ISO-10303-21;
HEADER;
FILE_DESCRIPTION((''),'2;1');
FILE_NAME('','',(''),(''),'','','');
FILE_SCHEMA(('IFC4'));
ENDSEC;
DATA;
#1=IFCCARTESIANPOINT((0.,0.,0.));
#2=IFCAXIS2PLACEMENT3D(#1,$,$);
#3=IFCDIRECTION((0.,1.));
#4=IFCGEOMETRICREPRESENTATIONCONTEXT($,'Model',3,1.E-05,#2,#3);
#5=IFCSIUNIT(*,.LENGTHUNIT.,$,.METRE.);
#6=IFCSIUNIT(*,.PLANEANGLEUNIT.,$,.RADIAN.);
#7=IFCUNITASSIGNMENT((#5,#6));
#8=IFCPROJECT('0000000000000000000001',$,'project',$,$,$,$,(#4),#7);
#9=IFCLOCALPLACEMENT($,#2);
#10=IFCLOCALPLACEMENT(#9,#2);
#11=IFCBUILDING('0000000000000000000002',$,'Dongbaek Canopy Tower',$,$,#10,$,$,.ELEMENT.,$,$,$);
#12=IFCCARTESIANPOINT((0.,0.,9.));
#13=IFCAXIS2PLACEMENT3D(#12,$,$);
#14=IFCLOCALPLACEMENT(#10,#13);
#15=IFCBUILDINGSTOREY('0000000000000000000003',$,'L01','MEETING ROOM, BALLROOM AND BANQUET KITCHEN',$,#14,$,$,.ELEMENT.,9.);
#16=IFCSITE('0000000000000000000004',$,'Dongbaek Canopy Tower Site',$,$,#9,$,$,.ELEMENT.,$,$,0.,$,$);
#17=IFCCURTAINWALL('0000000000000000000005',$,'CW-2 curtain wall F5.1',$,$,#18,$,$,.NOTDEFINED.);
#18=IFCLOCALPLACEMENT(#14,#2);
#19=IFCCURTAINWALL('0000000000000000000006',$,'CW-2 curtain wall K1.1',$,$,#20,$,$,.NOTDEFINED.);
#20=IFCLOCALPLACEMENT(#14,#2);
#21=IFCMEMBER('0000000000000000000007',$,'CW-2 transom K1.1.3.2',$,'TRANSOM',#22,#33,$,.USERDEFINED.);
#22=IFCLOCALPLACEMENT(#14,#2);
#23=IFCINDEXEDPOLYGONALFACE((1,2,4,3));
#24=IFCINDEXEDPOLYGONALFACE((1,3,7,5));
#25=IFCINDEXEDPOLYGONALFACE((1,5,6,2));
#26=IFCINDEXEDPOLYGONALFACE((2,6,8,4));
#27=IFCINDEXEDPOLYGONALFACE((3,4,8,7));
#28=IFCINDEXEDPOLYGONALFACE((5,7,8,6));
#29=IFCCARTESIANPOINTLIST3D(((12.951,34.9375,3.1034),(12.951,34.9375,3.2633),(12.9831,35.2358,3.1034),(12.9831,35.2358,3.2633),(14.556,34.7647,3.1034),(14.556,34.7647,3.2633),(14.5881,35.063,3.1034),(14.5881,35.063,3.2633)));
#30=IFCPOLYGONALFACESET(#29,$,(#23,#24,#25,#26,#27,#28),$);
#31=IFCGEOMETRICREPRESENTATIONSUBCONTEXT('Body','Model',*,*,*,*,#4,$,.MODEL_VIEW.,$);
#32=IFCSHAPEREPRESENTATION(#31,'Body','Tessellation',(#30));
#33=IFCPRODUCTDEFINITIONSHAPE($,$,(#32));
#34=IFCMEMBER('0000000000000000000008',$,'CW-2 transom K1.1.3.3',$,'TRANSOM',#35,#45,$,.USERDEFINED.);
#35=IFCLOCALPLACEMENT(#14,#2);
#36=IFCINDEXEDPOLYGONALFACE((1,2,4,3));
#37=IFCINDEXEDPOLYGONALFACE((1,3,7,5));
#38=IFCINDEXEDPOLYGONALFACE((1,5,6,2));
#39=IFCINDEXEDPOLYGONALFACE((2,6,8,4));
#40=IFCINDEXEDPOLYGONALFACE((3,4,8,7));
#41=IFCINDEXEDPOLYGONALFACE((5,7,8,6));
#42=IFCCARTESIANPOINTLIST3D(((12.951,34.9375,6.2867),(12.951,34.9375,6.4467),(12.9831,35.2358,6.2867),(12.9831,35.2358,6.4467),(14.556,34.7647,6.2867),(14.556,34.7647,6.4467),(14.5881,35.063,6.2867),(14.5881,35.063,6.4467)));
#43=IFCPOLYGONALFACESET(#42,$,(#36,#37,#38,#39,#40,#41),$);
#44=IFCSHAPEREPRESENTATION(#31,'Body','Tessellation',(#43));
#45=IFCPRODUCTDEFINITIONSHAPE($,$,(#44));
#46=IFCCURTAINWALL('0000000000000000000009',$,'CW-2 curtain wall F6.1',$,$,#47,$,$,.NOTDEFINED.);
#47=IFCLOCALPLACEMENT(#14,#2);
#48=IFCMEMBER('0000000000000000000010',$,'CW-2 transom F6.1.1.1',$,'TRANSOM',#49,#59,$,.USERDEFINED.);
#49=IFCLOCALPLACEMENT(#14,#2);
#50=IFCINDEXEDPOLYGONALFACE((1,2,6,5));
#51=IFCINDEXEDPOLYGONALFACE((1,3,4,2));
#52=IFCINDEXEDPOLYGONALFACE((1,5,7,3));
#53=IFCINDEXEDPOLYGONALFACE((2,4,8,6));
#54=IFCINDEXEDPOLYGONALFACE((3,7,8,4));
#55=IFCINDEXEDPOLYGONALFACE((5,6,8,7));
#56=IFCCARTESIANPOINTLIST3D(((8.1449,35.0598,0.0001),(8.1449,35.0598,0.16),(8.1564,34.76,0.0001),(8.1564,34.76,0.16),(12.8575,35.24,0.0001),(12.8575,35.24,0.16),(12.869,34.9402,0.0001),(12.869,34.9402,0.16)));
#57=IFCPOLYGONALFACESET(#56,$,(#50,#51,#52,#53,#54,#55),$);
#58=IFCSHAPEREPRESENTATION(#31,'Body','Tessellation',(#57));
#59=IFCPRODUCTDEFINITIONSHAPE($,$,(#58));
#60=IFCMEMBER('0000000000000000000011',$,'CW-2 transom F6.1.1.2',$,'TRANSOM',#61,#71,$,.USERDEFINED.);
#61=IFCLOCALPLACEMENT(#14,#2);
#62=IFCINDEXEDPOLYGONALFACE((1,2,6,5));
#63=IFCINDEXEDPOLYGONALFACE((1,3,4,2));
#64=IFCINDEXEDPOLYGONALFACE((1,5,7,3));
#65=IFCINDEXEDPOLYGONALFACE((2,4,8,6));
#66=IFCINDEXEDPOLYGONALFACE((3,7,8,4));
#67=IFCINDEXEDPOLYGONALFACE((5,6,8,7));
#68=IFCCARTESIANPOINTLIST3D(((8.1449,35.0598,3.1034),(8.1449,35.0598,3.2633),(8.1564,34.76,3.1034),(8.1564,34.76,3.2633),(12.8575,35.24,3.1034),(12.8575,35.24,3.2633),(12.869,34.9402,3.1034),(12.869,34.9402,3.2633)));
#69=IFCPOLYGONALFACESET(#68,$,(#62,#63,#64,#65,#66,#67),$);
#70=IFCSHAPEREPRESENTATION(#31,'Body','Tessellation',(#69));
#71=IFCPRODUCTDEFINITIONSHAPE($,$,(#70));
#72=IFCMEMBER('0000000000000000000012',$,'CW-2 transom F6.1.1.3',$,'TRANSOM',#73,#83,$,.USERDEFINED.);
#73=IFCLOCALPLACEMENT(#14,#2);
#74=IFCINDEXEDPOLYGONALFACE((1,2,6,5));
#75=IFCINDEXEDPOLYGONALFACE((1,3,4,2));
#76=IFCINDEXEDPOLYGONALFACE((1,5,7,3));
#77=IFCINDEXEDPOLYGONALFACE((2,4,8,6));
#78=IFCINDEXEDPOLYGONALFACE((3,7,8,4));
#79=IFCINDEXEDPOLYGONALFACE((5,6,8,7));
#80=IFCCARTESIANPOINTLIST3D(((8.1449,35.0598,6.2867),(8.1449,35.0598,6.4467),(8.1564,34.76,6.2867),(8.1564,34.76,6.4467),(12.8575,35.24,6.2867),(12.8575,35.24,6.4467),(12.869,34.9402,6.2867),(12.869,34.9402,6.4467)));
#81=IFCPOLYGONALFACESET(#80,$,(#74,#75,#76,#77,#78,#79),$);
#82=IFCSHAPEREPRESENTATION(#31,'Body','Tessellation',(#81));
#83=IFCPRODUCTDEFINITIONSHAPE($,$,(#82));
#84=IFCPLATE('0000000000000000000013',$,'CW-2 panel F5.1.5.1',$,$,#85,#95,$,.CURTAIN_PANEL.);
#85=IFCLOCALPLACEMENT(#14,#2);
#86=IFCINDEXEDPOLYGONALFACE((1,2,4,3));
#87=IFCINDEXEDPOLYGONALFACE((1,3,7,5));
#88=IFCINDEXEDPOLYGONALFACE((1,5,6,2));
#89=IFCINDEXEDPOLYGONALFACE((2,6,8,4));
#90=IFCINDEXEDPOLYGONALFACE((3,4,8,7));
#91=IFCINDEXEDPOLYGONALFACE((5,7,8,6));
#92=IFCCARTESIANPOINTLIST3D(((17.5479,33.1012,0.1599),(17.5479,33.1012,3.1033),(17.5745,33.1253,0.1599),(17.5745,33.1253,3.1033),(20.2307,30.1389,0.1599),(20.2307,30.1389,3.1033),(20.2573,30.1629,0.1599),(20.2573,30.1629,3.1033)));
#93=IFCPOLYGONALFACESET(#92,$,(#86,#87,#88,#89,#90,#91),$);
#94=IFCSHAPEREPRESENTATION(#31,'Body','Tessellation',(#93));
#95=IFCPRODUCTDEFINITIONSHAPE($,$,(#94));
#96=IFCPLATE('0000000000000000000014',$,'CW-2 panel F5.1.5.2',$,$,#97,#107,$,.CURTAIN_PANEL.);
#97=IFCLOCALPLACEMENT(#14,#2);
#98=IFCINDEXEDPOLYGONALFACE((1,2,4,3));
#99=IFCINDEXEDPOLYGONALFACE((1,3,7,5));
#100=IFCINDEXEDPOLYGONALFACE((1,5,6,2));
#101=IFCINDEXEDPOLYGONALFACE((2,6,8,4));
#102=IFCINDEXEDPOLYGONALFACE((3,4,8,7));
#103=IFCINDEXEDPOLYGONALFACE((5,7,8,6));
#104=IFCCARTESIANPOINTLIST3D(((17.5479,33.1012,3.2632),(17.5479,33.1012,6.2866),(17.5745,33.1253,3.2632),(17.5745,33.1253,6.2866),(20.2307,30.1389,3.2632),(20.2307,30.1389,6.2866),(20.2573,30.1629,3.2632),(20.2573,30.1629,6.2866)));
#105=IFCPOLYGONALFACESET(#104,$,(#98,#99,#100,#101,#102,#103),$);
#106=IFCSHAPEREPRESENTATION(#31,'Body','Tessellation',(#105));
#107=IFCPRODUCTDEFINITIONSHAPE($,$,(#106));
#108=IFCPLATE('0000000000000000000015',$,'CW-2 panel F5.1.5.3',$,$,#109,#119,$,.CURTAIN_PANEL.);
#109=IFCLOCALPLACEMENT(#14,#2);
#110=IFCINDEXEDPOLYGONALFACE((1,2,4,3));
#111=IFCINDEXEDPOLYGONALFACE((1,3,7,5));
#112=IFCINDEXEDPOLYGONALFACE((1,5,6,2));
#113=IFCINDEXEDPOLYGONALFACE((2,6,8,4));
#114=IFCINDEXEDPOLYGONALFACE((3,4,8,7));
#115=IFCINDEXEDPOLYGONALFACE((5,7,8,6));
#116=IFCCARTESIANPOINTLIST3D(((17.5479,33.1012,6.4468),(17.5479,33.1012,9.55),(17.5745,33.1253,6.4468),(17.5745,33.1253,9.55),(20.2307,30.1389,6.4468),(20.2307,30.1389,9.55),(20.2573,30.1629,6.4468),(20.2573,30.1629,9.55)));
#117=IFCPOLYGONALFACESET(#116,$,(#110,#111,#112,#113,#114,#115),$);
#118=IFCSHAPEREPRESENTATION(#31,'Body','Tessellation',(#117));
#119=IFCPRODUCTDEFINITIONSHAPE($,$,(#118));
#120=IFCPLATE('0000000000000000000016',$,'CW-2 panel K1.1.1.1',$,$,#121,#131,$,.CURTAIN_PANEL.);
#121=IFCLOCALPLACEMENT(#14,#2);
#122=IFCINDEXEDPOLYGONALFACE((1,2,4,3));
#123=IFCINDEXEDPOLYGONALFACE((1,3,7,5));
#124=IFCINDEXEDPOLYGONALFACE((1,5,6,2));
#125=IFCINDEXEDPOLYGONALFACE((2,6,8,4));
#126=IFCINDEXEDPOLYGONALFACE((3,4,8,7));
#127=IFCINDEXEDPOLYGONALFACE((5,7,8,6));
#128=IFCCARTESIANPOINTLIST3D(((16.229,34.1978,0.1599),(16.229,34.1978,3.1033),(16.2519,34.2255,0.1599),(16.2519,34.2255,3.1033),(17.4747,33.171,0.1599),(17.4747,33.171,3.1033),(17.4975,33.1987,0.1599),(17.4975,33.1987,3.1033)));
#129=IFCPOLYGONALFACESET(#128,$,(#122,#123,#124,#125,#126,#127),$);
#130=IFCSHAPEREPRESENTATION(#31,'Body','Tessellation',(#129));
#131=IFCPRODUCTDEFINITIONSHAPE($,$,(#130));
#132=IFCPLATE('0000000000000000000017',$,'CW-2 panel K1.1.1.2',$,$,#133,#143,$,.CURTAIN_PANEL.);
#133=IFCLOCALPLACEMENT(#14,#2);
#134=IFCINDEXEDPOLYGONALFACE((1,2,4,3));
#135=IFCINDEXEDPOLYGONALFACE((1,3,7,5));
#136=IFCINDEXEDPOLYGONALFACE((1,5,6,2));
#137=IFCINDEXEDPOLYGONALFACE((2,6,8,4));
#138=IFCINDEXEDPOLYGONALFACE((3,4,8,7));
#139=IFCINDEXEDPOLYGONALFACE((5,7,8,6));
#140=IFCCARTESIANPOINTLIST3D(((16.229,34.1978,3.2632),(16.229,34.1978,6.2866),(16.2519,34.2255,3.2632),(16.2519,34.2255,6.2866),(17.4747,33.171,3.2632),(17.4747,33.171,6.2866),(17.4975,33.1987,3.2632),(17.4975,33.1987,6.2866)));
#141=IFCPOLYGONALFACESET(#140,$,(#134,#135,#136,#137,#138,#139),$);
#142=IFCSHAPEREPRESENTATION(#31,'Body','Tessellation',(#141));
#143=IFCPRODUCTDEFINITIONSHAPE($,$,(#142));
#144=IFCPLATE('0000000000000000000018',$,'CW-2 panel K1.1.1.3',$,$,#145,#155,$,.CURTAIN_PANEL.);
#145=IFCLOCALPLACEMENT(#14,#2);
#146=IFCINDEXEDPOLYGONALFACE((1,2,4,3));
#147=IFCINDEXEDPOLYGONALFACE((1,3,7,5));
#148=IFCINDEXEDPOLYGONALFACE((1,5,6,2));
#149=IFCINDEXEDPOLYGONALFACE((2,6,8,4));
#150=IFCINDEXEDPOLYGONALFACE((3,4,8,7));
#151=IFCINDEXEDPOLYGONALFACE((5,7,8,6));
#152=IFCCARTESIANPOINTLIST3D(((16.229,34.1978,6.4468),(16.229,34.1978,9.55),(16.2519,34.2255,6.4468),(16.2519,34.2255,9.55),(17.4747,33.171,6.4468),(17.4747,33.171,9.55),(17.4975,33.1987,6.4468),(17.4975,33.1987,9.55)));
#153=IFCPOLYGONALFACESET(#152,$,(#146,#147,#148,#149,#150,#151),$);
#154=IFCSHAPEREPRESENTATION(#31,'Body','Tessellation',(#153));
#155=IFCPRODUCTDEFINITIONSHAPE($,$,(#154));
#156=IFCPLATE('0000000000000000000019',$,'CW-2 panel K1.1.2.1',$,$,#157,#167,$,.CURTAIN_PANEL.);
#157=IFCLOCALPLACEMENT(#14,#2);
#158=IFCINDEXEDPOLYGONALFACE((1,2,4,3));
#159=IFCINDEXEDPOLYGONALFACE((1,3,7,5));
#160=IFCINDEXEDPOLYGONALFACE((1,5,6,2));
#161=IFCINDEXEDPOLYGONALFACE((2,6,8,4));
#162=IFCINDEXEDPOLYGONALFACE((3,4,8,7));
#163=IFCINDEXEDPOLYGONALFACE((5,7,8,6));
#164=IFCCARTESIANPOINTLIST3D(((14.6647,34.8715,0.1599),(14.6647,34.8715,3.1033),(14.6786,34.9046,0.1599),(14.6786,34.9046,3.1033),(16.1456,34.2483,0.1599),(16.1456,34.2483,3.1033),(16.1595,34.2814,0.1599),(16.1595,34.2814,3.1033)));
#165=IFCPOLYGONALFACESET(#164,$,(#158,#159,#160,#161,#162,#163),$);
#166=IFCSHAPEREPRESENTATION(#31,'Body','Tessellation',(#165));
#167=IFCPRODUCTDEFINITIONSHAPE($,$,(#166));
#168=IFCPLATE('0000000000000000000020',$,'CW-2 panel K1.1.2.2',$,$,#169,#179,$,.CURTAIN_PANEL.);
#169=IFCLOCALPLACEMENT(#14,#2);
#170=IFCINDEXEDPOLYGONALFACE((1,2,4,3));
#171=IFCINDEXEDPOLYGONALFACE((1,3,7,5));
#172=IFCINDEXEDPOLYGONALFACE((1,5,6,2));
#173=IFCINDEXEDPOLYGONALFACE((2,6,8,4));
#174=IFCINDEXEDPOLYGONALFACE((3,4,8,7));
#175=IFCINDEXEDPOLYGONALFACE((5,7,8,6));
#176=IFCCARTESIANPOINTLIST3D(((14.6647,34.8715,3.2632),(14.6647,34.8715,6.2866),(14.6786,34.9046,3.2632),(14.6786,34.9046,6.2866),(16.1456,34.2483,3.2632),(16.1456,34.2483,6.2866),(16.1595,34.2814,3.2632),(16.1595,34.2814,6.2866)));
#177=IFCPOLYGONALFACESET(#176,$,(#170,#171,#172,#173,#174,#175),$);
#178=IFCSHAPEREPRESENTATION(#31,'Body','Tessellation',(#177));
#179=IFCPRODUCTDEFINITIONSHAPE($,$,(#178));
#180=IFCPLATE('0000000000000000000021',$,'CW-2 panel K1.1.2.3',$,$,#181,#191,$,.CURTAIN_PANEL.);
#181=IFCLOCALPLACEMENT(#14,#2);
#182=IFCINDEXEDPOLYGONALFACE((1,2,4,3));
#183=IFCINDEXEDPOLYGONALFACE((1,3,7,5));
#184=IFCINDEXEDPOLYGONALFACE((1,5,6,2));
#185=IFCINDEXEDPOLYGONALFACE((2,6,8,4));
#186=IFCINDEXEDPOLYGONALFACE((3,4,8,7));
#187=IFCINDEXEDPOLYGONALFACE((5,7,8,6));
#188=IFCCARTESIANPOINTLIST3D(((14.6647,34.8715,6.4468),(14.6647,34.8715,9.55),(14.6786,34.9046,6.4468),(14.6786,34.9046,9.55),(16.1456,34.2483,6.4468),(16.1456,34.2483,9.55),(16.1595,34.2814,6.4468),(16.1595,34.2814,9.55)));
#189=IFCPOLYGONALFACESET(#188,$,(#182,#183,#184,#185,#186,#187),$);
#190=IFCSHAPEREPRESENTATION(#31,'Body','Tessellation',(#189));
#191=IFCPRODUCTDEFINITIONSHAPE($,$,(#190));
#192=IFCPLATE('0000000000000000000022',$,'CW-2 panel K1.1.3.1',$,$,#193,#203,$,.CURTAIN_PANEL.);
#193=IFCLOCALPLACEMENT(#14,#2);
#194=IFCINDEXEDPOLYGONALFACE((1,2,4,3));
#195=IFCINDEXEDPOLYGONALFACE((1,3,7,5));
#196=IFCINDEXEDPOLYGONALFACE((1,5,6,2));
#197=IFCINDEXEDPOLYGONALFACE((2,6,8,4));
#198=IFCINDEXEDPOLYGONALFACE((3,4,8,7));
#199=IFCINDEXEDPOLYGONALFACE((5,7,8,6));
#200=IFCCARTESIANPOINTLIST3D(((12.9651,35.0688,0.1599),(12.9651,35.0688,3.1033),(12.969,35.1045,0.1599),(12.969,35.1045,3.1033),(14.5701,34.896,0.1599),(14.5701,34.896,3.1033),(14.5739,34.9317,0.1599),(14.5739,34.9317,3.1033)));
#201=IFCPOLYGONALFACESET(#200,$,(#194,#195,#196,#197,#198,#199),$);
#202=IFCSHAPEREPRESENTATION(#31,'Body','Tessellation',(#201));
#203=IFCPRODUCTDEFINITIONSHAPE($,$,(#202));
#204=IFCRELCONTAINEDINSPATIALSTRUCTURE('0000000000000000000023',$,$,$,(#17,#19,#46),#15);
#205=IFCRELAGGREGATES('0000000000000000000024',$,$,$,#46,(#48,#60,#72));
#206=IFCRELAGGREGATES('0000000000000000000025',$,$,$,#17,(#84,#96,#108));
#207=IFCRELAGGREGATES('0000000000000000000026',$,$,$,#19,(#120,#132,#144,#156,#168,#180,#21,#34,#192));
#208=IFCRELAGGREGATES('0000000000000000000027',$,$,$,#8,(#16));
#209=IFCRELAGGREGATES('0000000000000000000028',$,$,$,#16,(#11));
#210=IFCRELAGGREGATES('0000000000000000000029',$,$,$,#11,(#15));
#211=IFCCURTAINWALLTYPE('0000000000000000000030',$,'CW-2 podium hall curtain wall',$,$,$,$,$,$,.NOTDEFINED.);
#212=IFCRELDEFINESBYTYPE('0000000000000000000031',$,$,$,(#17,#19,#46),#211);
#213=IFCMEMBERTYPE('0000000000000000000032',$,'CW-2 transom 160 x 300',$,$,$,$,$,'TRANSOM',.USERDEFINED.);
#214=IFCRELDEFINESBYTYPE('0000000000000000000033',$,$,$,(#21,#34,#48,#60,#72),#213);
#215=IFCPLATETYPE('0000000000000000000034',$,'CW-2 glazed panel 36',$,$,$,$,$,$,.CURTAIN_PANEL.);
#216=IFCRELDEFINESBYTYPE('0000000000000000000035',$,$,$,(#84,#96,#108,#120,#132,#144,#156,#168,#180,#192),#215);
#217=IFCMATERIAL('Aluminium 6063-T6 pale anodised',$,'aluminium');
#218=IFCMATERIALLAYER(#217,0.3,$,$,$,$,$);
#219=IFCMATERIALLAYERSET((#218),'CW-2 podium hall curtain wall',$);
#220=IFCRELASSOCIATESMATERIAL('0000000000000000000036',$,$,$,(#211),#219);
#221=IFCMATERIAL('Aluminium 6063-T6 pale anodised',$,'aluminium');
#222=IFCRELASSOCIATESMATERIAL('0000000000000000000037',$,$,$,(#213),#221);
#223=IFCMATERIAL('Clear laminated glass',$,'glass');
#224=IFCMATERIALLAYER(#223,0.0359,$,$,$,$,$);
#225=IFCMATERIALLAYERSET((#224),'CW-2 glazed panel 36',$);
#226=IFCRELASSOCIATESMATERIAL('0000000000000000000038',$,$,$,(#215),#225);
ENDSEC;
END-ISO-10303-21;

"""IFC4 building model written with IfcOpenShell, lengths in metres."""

from ifc_helpers import new_model, si_unit, direction, frame, origin, origin_2d, place, context, subcontext, project, spatial, rectangle, extrude, material, layer, layer_set, material_profile, profile_set, type_object, element, aggregate, save


model = new_model("IFC4")

# Units and contexts
model_context = context("Model", 3, precision=1e-05, world=origin(), true_north=direction((0.0, 1.0)))
body_context = subcontext(model_context, "Body", "Model", "MODEL_VIEW")
ifc_project = project(units=[si_unit("LENGTHUNIT", "METRE"), si_unit("PLANEANGLEUNIT", "RADIAN")], contexts=[model_context])

# Site, building, storey
site_placement = place(None, origin())
site = spatial("IfcSite", under=ifc_project, at=site_placement, Name="Dongbaek Canopy Tower Site", CompositionType="ELEMENT", RefElevation=0.0)
building_placement = place(site_placement, origin())
building = spatial("IfcBuilding", under=site, at=building_placement, Name="Dongbaek Canopy Tower", CompositionType="ELEMENT")
storey_placement = place(building_placement, frame((0.0, 0.0, 9.0)))
storey = spatial("IfcBuildingStorey", under=building, at=storey_placement, Name="L01", Description="MEETING ROOM, BALLROOM AND BANQUET KITCHEN", CompositionType="ELEMENT", Elevation=9.0)

# Curtain wall
ifc_material_1 = material(Name="Aluminium 6063-T6 pale anodised", Category="aluminium")
ifc_layer_1 = layer(ifc_material_1, 0.3)
ifc_layer_set_1 = layer_set([ifc_layer_1], Name="CW-2 podium hall curtain wall")
curtain_wall_type = type_object("IfcCurtainWallType", Name="CW-2 podium hall curtain wall", PredefinedType="NOTDEFINED", material=ifc_layer_set_1)
curtain_wall_1_placement = place(storey_placement, origin())
curtain_wall_1 = element("IfcCurtainWall", 1, at=curtain_wall_1_placement, inside=storey, type_object=curtain_wall_type, Name="CW-2 curtain wall F5.1", PredefinedType="NOTDEFINED")

# Curtain wall
curtain_wall_2_placement = place(storey_placement, origin())
curtain_wall_2 = element("IfcCurtainWall", 2, at=curtain_wall_2_placement, inside=storey, type_object=curtain_wall_type, Name="CW-2 curtain wall K1.1", PredefinedType="NOTDEFINED")

# Members
ifc_material_2 = material(Name="Aluminium 6063-T6 pale anodised", Category="aluminium")
ifc_material_profile_1 = material_profile(ifc_material_2, rectangle(XDim=0.3, YDim=0.1599, at=origin_2d()), Name="CW-2 transom 160 x 300")
ifc_profile_set_1 = profile_set([ifc_material_profile_1], Name="Aluminium 6063-T6 pale anodised")
member_type_1 = type_object("IfcMemberType", Name="CW-2 transom 160 x 300", ElementType="TRANSOM", PredefinedType="USERDEFINED", material=ifc_profile_set_1)
member_1_placement = place(storey_placement, frame((14.572, 34.9138, 3.1833), z_axis=(-0.994251, 0.107078, 0.0), x_axis=(-0.107078, -0.994251, 0.0)))
member_1 = element("IfcMember", 3, at=member_1_placement, type_object=member_type_1, Name="CW-2 transom K1.1.3.2", ObjectType="TRANSOM", PredefinedType="USERDEFINED", context=body_context, shape_type="SweptSolid", body=[
    extrude(rectangle(XDim=0.3, YDim=0.1599, at=origin_2d()), origin(), (0.0, 0.0, 1.0), 1.6143),
])
member_2_placement = place(storey_placement, frame((14.572, 34.9138, 6.3667), z_axis=(-0.994251, 0.107078, 0.0), x_axis=(-0.107078, -0.994251, 0.0)))
member_2 = element("IfcMember", 4, at=member_2_placement, type_object=member_type_1, Name="CW-2 transom K1.1.3.3", ObjectType="TRANSOM", PredefinedType="USERDEFINED", context=body_context, shape_type="SweptSolid", body=[
    extrude(rectangle(XDim=0.3, YDim=0.1599, at=origin_2d()), origin(), (0.0, 0.0, 1.0), 1.6143),
])

# Curtain wall, members
curtain_wall_3_placement = place(storey_placement, origin())
curtain_wall_3 = element("IfcCurtainWall", 5, at=curtain_wall_3_placement, inside=storey, type_object=curtain_wall_type, Name="CW-2 curtain wall F6.1", PredefinedType="NOTDEFINED")
member_3_placement = place(storey_placement, frame((12.8633, 35.0901, 0.0801), z_axis=(-0.99927, -0.038204, 0.0), x_axis=(0.038204, -0.99927, 0.0)))
member_3 = element("IfcMember", 6, at=member_3_placement, type_object=member_type_1, Name="CW-2 transom F6.1.1.1", ObjectType="TRANSOM", PredefinedType="USERDEFINED", context=body_context, shape_type="SweptSolid", body=[
    extrude(rectangle(XDim=0.3, YDim=0.1599, at=origin_2d()), origin(), (0.0, 0.0, 1.0), 4.7161),
])
member_4_placement = place(storey_placement, frame((12.8633, 35.0901, 3.1833), z_axis=(-0.99927, -0.038204, 0.0), x_axis=(0.038204, -0.99927, 0.0)))
member_4 = element("IfcMember", 7, at=member_4_placement, type_object=member_type_1, Name="CW-2 transom F6.1.1.2", ObjectType="TRANSOM", PredefinedType="USERDEFINED", context=body_context, shape_type="SweptSolid", body=[
    extrude(rectangle(XDim=0.3, YDim=0.1599, at=origin_2d()), origin(), (0.0, 0.0, 1.0), 4.7161),
])
member_5_placement = place(storey_placement, frame((12.8633, 35.0901, 6.3667), z_axis=(-0.99927, -0.038204, 0.0), x_axis=(0.038204, -0.99927, 0.0)))
member_5 = element("IfcMember", 8, at=member_5_placement, type_object=member_type_1, Name="CW-2 transom F6.1.1.3", ObjectType="TRANSOM", PredefinedType="USERDEFINED", context=body_context, shape_type="SweptSolid", body=[
    extrude(rectangle(XDim=0.3, YDim=0.1599, at=origin_2d()), origin(), (0.0, 0.0, 1.0), 4.7161),
])
aggregate(curtain_wall_3, [member_3, member_4, member_5])

# Plates
ifc_material_3 = material(Name="Clear laminated glass", Category="glass")
ifc_layer_2 = layer(ifc_material_3, 0.0359)
ifc_layer_set_2 = layer_set([ifc_layer_2], Name="CW-2 glazed panel 36")
plate_type = type_object("IfcPlateType", Name="CW-2 glazed panel 36", PredefinedType="CURTAIN_PANEL", material=ifc_layer_set_2)
plate_1_placement = place(storey_placement, frame((18.9026, 31.6321, 0.1599), z_axis=(0.0, 0.0, 1.0), x_axis=(-0.67126, 0.741222, 0.0)))
plate_1 = element("IfcPlate", 9, at=plate_1_placement, type_object=plate_type, Name="CW-2 panel F5.1.5.1", PredefinedType="CURTAIN_PANEL", context=body_context, shape_type="SweptSolid", body=[
    extrude(rectangle(XDim=3.9966, YDim=0.0359, at=origin_2d()), origin(), (0.0, 0.0, 1.0), 2.9434),
])
plate_2_placement = place(storey_placement, frame((18.9026, 31.6321, 3.2632), z_axis=(0.0, 0.0, 1.0), x_axis=(-0.67126, 0.741222, 0.0)))
plate_2 = element("IfcPlate", 10, at=plate_2_placement, type_object=plate_type, Name="CW-2 panel F5.1.5.2", PredefinedType="CURTAIN_PANEL", context=body_context, shape_type="SweptSolid", body=[
    extrude(rectangle(XDim=3.9966, YDim=0.0359, at=origin_2d()), origin(), (0.0, 0.0, 1.0), 3.0234),
])
plate_3_placement = place(storey_placement, frame((18.9026, 31.6321, 6.4468), z_axis=(0.0, 0.0, 1.0), x_axis=(-0.67126, 0.741222, 0.0)))
plate_3 = element("IfcPlate", 11, at=plate_3_placement, type_object=plate_type, Name="CW-2 panel F5.1.5.3", PredefinedType="CURTAIN_PANEL", context=body_context, shape_type="SweptSolid", body=[
    extrude(rectangle(XDim=3.9966, YDim=0.0359, at=origin_2d()), origin(), (0.0, 0.0, 1.0), 3.1033),
])
aggregate(curtain_wall_1, [plate_1, plate_2, plate_3])
plate_4_placement = place(storey_placement, frame((16.8633, 33.6982, 0.1599), z_axis=(0.0, 0.0, 1.0), x_axis=(-0.771649, 0.636049, 0.0)))
plate_4 = element("IfcPlate", 12, at=plate_4_placement, type_object=plate_type, Name="CW-2 panel K1.1.1.1", PredefinedType="CURTAIN_PANEL", context=body_context, shape_type="SweptSolid", body=[
    extrude(rectangle(XDim=1.6143, YDim=0.0359, at=origin_2d()), origin(), (0.0, 0.0, 1.0), 2.9434),
])
plate_5_placement = place(storey_placement, frame((16.8633, 33.6982, 3.2632), z_axis=(0.0, 0.0, 1.0), x_axis=(-0.771649, 0.636049, 0.0)))
plate_5 = element("IfcPlate", 13, at=plate_5_placement, type_object=plate_type, Name="CW-2 panel K1.1.1.2", PredefinedType="CURTAIN_PANEL", context=body_context, shape_type="SweptSolid", body=[
    extrude(rectangle(XDim=1.6143, YDim=0.0359, at=origin_2d()), origin(), (0.0, 0.0, 1.0), 3.0234),
])
plate_6_placement = place(storey_placement, frame((16.8633, 33.6982, 6.4468), z_axis=(0.0, 0.0, 1.0), x_axis=(-0.771649, 0.636049, 0.0)))
plate_6 = element("IfcPlate", 14, at=plate_6_placement, type_object=plate_type, Name="CW-2 panel K1.1.1.3", PredefinedType="CURTAIN_PANEL", context=body_context, shape_type="SweptSolid", body=[
    extrude(rectangle(XDim=1.6143, YDim=0.0359, at=origin_2d()), origin(), (0.0, 0.0, 1.0), 3.1033),
])
plate_7_placement = place(storey_placement, frame((15.4121, 34.5764, 0.1599), z_axis=(0.0, 0.0, 1.0), x_axis=(-0.921712, 0.387874, 0.0)))
plate_7 = element("IfcPlate", 15, at=plate_7_placement, type_object=plate_type, Name="CW-2 panel K1.1.2.1", PredefinedType="CURTAIN_PANEL", context=body_context, shape_type="SweptSolid", body=[
    extrude(rectangle(XDim=1.6067, YDim=0.0359, at=origin_2d()), origin(), (0.0, 0.0, 1.0), 2.9434),
])
plate_8_placement = place(storey_placement, frame((15.4121, 34.5764, 3.2632), z_axis=(0.0, 0.0, 1.0), x_axis=(-0.921712, 0.387874, 0.0)))
plate_8 = element("IfcPlate", 16, at=plate_8_placement, type_object=plate_type, Name="CW-2 panel K1.1.2.2", PredefinedType="CURTAIN_PANEL", context=body_context, shape_type="SweptSolid", body=[
    extrude(rectangle(XDim=1.6067, YDim=0.0359, at=origin_2d()), origin(), (0.0, 0.0, 1.0), 3.0234),
])
plate_9_placement = place(storey_placement, frame((15.4121, 34.5764, 6.4468), z_axis=(0.0, 0.0, 1.0), x_axis=(-0.921712, 0.387874, 0.0)))
plate_9 = element("IfcPlate", 17, at=plate_9_placement, type_object=plate_type, Name="CW-2 panel K1.1.2.3", PredefinedType="CURTAIN_PANEL", context=body_context, shape_type="SweptSolid", body=[
    extrude(rectangle(XDim=1.6067, YDim=0.0359, at=origin_2d()), origin(), (0.0, 0.0, 1.0), 3.1033),
])
plate_10_placement = place(storey_placement, frame((13.7695, 35.0002, 0.1599), z_axis=(0.0, 0.0, 1.0), x_axis=(-0.994251, 0.107075, 0.0)))
plate_10 = element("IfcPlate", 18, at=plate_10_placement, type_object=plate_type, Name="CW-2 panel K1.1.3.1", PredefinedType="CURTAIN_PANEL", context=body_context, shape_type="SweptSolid", body=[
    extrude(rectangle(XDim=1.6143, YDim=0.0359, at=origin_2d()), origin(), (0.0, 0.0, 1.0), 2.9434),
])
aggregate(curtain_wall_2, [plate_4, plate_5, plate_6, plate_7, plate_8, plate_9, member_1, member_2, plate_10])

save(model, "model.ifc")
